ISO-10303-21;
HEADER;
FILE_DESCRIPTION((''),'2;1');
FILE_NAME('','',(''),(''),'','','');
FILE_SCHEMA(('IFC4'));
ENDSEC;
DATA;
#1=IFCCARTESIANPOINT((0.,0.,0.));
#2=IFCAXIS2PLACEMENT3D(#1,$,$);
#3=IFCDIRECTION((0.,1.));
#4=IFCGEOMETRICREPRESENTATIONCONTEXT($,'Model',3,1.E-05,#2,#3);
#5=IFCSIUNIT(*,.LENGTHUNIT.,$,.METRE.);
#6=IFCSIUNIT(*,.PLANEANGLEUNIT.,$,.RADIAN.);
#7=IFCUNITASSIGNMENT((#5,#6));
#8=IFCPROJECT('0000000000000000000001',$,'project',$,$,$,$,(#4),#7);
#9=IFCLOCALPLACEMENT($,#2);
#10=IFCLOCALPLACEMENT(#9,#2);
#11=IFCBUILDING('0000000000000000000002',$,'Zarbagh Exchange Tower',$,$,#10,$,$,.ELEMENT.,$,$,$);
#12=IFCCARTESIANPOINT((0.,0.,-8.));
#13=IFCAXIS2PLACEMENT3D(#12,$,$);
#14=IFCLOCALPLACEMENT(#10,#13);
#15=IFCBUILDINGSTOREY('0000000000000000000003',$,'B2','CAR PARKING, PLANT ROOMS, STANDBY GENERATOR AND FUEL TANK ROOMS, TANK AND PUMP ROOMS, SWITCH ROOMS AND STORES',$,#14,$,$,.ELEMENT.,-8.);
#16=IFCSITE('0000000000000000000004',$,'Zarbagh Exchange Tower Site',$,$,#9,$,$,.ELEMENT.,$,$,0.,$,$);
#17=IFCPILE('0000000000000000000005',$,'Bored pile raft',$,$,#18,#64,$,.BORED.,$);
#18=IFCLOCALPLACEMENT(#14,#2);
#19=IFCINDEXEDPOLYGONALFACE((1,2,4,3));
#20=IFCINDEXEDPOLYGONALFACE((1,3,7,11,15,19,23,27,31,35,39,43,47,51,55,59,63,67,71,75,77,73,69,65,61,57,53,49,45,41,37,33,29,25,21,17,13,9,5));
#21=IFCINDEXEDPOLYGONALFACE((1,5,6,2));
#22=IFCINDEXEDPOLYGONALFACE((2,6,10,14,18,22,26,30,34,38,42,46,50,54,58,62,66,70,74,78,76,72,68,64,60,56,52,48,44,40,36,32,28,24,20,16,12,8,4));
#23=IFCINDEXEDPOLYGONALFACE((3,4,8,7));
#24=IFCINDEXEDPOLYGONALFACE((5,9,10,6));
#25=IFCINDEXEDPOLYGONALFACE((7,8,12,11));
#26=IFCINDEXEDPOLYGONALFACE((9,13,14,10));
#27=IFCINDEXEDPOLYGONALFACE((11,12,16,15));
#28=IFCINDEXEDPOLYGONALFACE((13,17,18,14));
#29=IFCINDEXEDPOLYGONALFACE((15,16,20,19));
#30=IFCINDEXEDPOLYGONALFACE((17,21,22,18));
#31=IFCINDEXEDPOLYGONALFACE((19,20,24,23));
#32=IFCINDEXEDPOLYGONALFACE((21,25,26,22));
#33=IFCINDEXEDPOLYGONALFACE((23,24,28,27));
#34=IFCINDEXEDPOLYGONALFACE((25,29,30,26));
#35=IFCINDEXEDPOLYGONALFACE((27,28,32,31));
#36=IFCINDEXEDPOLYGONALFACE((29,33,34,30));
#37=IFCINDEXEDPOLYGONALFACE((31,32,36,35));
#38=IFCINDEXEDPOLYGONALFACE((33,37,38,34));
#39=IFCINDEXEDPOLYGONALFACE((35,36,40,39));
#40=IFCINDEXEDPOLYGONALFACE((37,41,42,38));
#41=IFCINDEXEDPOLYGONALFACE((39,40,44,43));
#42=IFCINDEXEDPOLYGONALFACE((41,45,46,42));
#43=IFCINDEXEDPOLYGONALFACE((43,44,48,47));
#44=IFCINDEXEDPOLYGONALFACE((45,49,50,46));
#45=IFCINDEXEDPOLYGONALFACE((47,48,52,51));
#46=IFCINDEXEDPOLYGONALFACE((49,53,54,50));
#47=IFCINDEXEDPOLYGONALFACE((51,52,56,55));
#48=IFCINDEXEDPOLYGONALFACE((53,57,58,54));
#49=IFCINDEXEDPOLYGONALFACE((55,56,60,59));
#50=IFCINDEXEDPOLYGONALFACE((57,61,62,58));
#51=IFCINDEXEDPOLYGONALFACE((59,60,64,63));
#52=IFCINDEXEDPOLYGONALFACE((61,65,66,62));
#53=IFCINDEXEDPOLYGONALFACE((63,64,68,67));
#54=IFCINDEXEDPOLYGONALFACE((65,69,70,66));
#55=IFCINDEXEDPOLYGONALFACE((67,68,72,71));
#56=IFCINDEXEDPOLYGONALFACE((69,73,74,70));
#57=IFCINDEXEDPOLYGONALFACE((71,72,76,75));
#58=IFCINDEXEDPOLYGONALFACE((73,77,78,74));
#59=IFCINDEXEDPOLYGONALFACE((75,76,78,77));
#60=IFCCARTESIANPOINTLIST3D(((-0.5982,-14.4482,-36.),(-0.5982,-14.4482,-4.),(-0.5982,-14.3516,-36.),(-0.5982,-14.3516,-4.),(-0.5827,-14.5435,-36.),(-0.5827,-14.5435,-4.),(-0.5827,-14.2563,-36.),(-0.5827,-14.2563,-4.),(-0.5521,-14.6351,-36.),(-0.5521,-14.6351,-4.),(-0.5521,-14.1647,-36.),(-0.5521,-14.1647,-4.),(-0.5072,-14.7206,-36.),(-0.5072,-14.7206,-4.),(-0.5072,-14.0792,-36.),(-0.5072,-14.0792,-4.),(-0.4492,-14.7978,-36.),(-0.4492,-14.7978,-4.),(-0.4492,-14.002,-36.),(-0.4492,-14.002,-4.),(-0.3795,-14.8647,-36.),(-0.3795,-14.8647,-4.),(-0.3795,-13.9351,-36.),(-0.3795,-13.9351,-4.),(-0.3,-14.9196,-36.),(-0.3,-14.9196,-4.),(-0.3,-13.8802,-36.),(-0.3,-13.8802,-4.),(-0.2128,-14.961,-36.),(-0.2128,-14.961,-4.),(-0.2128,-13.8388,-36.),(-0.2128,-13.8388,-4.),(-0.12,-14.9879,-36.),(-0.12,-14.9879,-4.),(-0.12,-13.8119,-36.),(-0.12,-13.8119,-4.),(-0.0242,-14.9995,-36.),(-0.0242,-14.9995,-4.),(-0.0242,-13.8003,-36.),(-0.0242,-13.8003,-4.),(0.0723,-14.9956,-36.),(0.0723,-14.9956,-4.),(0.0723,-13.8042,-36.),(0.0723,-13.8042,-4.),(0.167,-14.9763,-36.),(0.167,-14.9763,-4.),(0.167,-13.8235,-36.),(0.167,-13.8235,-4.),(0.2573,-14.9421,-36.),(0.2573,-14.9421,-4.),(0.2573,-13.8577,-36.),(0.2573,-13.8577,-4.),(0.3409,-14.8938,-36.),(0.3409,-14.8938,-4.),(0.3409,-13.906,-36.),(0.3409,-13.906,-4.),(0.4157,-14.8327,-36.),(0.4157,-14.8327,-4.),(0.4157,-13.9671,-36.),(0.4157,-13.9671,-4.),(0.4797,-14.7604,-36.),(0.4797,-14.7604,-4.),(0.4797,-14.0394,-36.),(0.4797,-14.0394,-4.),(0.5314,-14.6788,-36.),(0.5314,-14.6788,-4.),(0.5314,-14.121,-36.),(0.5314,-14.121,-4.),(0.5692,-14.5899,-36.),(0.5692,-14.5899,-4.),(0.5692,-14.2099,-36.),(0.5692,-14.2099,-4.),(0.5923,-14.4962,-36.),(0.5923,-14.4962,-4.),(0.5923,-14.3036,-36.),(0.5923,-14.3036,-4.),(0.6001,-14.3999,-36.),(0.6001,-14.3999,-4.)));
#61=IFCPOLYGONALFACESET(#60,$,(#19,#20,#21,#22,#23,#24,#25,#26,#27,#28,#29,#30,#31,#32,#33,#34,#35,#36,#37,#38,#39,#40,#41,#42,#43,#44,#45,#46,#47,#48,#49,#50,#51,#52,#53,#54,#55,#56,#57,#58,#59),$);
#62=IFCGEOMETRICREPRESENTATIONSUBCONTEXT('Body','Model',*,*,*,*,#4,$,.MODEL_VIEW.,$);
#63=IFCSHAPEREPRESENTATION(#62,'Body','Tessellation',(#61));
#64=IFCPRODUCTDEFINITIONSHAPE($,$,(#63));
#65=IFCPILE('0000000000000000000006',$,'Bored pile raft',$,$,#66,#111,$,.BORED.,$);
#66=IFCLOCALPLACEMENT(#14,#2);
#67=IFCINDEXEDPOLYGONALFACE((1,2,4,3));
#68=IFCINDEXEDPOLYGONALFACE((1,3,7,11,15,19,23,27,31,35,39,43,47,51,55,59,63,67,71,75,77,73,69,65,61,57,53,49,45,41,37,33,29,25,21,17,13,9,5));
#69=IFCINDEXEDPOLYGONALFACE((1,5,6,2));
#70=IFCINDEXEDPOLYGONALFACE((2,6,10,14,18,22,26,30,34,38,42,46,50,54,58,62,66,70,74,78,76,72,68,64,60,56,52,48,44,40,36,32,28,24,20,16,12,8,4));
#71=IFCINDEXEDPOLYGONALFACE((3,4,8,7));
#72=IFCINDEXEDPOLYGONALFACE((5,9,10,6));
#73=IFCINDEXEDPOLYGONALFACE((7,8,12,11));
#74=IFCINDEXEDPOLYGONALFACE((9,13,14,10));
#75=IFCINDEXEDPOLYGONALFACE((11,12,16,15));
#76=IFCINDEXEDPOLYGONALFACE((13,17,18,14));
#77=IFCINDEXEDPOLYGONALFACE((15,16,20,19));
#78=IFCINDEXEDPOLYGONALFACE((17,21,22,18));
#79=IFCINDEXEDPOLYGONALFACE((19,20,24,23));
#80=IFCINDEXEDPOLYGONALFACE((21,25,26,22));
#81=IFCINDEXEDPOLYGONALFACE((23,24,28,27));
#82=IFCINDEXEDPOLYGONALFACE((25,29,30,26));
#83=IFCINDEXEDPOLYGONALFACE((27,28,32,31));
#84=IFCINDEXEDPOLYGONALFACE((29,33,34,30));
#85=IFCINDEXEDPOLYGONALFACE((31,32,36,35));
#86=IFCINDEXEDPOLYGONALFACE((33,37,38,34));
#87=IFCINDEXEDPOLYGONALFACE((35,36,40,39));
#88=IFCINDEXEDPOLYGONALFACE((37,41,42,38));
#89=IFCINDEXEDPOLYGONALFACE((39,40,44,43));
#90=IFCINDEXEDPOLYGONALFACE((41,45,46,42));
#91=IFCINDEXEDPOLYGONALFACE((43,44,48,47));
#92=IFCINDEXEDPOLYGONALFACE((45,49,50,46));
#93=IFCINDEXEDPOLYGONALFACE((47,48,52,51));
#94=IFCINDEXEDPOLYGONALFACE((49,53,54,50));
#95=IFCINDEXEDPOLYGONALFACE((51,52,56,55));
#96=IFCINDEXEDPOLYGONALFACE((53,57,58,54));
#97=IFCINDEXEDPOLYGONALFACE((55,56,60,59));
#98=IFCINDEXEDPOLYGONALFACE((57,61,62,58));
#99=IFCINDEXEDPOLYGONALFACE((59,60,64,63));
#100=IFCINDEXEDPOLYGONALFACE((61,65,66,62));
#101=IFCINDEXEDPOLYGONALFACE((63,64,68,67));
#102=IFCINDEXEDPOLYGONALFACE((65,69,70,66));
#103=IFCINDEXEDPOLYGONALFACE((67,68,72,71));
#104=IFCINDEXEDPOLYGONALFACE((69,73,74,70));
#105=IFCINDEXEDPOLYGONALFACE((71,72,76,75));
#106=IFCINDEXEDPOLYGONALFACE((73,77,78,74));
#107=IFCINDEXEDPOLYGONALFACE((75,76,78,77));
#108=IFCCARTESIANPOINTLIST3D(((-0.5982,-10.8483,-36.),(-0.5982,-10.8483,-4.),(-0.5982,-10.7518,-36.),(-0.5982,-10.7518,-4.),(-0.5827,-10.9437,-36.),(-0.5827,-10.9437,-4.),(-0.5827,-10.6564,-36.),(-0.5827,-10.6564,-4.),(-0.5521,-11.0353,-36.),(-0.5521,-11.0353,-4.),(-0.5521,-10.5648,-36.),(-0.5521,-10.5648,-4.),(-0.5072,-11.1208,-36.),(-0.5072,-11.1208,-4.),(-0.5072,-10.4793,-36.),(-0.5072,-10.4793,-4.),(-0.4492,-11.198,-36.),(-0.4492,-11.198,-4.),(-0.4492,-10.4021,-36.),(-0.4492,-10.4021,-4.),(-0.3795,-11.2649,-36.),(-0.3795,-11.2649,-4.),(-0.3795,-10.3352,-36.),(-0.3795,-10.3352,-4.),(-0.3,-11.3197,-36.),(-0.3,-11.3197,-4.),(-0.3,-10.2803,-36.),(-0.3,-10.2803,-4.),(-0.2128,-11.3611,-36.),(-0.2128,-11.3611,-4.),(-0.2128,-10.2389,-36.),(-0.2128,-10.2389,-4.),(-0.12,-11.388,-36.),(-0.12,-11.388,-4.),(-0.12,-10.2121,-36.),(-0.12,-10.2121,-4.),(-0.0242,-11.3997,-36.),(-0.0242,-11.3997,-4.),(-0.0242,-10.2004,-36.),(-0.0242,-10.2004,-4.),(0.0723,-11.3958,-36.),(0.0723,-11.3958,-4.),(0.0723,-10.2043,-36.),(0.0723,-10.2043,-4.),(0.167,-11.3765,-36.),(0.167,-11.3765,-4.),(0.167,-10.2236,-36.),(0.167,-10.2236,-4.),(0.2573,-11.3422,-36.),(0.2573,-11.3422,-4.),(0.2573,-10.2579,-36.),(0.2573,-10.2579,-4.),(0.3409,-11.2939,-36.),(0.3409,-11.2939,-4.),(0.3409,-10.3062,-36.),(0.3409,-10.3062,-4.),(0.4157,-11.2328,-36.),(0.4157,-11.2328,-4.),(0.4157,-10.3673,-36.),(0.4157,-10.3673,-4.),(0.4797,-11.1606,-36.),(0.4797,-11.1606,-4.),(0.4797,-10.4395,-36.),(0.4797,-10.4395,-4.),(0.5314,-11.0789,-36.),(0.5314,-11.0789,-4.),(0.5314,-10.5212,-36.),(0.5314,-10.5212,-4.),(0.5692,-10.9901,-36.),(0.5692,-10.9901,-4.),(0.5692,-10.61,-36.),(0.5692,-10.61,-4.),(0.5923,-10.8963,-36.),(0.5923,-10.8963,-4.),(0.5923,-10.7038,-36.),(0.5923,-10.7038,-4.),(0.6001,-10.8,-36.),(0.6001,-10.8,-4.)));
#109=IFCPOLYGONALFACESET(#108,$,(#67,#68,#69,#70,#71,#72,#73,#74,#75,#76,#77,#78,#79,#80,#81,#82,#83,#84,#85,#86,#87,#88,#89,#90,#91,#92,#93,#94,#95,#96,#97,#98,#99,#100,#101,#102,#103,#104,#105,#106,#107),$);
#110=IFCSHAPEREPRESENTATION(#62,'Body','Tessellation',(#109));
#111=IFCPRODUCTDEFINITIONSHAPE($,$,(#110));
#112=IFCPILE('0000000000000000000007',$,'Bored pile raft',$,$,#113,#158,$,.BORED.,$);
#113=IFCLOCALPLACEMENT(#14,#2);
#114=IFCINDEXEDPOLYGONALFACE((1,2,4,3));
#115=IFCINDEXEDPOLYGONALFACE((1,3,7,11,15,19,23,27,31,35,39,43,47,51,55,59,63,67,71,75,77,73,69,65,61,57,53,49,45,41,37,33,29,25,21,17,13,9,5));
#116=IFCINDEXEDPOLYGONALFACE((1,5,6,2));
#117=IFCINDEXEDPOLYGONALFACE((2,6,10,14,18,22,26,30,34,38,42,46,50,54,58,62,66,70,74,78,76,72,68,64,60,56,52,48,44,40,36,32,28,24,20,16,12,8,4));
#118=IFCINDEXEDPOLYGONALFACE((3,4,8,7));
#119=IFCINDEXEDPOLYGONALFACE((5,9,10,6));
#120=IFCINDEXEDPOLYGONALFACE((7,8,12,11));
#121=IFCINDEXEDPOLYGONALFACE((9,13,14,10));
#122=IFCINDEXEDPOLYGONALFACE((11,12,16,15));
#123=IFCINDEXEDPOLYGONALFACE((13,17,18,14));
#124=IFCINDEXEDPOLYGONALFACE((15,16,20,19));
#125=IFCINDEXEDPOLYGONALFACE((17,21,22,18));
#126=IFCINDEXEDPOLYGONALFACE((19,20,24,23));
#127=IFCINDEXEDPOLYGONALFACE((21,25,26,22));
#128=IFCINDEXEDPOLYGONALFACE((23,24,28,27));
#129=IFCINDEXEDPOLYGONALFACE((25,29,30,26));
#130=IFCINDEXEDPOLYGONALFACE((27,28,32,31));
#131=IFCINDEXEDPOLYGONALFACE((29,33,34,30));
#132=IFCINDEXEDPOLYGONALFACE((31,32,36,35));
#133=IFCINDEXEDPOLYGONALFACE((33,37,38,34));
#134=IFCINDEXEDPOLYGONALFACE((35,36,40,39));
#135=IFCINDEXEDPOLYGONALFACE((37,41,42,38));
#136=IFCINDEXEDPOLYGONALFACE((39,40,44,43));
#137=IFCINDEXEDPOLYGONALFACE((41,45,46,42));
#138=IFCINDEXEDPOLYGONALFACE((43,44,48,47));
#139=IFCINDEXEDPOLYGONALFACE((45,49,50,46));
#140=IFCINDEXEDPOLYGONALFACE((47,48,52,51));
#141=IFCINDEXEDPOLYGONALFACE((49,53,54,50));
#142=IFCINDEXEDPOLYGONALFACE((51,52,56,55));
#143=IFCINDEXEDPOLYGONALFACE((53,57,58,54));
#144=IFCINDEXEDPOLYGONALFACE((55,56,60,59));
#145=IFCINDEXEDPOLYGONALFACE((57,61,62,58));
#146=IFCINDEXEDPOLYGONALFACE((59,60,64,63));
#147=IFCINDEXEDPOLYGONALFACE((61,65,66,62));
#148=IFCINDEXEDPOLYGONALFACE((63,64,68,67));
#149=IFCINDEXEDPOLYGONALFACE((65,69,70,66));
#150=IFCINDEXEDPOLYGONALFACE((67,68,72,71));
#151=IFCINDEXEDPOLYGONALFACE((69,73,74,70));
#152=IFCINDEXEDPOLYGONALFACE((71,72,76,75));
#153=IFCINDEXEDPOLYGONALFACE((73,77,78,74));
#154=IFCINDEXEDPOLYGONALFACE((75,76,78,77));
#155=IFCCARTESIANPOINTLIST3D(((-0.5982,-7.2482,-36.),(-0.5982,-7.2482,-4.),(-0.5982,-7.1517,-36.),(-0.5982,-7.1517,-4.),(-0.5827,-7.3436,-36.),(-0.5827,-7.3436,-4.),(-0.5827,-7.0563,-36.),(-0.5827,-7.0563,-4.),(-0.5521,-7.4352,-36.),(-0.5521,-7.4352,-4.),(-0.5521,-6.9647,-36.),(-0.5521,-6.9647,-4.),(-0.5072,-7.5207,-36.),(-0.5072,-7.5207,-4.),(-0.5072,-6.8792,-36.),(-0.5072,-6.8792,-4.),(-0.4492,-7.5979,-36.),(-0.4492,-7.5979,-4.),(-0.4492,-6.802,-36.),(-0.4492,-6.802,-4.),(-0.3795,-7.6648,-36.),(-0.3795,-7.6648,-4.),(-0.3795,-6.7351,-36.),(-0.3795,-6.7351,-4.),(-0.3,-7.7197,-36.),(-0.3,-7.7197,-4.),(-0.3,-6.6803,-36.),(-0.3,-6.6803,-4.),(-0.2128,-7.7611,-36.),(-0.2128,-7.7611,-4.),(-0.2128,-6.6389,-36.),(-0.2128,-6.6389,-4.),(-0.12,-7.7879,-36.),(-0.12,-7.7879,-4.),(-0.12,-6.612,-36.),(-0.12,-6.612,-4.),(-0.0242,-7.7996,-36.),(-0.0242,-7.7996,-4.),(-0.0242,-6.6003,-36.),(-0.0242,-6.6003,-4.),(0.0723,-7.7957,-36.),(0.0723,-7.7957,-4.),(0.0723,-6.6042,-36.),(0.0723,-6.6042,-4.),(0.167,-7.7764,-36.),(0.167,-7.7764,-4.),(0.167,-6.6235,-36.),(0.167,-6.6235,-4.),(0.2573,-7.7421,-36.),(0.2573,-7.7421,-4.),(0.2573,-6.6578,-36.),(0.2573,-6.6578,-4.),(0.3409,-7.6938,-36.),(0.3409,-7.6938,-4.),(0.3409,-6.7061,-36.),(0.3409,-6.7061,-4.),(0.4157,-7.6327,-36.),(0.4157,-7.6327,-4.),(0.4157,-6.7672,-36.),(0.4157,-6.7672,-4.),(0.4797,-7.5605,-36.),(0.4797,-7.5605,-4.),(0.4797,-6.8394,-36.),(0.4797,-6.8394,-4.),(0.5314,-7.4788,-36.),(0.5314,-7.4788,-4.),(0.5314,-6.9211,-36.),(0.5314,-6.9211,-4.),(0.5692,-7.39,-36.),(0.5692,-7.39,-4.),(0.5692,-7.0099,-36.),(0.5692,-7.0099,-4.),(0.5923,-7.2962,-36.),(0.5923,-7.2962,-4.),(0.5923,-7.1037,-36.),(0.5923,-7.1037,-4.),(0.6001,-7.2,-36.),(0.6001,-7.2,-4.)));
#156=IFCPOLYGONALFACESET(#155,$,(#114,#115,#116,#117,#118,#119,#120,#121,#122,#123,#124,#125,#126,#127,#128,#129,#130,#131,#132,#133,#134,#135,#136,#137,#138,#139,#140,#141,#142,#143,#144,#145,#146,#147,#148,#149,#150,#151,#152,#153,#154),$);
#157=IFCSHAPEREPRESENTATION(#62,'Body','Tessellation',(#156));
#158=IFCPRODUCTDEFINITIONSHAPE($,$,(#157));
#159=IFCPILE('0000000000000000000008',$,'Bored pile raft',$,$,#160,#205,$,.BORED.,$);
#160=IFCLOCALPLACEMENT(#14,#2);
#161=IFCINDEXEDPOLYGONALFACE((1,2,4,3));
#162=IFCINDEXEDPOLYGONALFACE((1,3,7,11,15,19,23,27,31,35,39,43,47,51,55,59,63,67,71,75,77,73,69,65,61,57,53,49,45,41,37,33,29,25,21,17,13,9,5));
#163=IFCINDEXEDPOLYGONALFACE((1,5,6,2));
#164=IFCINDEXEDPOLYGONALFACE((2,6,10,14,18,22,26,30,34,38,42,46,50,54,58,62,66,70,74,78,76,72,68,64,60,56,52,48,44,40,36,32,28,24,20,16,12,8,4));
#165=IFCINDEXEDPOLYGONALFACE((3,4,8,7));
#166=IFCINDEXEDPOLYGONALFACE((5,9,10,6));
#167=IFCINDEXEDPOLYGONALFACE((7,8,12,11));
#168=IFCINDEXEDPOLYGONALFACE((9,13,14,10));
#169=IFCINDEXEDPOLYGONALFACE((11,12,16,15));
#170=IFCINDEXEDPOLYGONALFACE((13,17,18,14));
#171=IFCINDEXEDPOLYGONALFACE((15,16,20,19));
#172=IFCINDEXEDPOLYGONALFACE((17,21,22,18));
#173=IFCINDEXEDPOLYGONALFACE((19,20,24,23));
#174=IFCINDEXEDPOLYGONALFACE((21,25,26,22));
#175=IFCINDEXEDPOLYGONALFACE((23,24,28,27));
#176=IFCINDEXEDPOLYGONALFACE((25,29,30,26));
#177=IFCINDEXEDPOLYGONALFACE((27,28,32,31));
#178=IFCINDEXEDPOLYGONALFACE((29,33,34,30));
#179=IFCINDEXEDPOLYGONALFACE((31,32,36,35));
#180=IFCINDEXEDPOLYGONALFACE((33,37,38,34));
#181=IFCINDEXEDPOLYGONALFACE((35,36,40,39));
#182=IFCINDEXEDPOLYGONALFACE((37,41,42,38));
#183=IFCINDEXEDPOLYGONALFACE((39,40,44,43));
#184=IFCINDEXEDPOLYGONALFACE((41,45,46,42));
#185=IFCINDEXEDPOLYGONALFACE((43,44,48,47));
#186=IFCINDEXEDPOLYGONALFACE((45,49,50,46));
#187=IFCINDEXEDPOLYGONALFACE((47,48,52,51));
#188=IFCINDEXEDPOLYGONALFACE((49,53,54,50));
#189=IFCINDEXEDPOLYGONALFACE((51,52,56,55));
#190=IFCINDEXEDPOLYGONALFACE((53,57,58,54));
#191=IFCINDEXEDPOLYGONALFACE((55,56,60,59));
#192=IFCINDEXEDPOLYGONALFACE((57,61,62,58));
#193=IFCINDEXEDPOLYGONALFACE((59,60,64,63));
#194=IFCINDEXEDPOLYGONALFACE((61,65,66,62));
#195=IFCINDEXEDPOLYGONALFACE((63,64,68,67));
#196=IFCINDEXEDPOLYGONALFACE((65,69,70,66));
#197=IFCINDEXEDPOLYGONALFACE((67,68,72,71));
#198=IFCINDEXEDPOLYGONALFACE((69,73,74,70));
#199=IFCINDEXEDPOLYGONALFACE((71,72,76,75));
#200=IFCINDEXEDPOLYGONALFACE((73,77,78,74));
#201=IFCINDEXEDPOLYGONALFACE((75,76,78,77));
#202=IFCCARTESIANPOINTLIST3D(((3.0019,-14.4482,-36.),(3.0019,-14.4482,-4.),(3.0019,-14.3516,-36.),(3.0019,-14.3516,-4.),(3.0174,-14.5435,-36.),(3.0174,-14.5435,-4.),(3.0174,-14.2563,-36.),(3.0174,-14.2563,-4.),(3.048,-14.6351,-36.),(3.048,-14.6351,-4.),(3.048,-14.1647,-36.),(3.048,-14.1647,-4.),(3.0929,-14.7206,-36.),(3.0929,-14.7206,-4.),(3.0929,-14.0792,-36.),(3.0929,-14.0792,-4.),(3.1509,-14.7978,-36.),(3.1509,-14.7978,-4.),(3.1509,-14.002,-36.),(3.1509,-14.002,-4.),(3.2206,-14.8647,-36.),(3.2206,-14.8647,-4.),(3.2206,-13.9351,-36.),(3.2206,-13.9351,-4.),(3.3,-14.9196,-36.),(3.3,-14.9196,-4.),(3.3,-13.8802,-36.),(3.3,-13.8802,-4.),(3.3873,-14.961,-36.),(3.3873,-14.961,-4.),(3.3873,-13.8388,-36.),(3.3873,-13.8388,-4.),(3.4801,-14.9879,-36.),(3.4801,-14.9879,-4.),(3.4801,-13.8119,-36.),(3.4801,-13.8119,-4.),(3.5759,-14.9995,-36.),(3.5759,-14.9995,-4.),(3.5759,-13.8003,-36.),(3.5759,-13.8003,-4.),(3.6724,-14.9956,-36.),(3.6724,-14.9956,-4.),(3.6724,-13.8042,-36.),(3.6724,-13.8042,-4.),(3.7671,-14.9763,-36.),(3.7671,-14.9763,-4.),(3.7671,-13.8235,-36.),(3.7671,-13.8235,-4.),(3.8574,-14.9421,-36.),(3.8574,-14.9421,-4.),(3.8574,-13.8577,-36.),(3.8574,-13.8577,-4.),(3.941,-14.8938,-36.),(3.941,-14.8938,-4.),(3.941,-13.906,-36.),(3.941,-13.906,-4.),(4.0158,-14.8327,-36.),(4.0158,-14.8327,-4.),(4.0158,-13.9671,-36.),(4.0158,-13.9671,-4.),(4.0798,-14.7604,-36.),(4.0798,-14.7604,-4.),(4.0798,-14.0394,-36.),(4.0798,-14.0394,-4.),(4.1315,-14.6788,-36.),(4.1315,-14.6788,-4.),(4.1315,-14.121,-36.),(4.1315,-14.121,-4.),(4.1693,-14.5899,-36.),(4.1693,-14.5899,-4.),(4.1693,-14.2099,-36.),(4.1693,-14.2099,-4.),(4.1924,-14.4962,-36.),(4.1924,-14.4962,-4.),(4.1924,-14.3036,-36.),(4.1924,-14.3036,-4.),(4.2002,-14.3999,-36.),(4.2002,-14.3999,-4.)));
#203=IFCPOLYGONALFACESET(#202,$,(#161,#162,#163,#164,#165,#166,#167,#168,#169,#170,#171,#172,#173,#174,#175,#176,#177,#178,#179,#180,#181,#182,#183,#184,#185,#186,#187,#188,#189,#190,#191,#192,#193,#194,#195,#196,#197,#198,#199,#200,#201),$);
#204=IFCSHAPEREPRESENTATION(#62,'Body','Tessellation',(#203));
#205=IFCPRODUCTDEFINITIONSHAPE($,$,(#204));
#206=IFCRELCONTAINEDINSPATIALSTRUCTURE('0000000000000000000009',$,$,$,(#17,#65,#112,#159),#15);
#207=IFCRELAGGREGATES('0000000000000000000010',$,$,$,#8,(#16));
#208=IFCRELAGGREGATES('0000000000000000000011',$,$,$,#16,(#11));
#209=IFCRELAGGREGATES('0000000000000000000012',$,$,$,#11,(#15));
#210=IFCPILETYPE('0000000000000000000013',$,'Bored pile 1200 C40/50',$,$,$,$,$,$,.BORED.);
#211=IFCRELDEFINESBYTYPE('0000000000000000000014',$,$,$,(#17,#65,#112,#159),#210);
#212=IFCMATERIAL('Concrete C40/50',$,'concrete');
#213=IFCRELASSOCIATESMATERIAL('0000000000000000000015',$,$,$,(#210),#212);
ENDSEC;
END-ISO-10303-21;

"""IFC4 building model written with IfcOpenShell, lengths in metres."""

from ifc_helpers import new_model, si_unit, direction, frame, origin, origin_2d, place, context, subcontext, project, spatial, circle, extrude, material, material_profile, profile_set, type_object, element, save


model = new_model("IFC4")

# Units and contexts
model_context = context("Model", 3, precision=1e-05, world=origin(), true_north=direction((0.0, 1.0)))
body_context = subcontext(model_context, "Body", "Model", "MODEL_VIEW")
ifc_project = project(units=[si_unit("LENGTHUNIT", "METRE"), si_unit("PLANEANGLEUNIT", "RADIAN")], contexts=[model_context])

# Site, building, storey
site_placement = place(None, origin())
site = spatial("IfcSite", under=ifc_project, at=site_placement, Name="Zarbagh Exchange Tower Site", CompositionType="ELEMENT", RefElevation=0.0)
building_placement = place(site_placement, origin())
building = spatial("IfcBuilding", under=site, at=building_placement, Name="Zarbagh Exchange Tower", CompositionType="ELEMENT")
storey_placement = place(building_placement, frame((0.0, 0.0, -8.0)))
storey = spatial("IfcBuildingStorey", under=building, at=storey_placement, Name="B2", Description="CAR PARKING, PLANT ROOMS, STANDBY GENERATOR AND FUEL TANK ROOMS, TANK AND PUMP ROOMS, SWITCH ROOMS AND STORES", CompositionType="ELEMENT", Elevation=-8.0)

# Piles
ifc_material_1 = material(Name="Concrete C40/50", Category="concrete")
ifc_material_profile_1 = material_profile(ifc_material_1, circle(Radius=0.6001, at=origin_2d()), Name="Bored pile 1200 C40/50")
ifc_profile_set_1 = profile_set([ifc_material_profile_1], Name="Concrete C40/50")
pile_type = type_object("IfcPileType", Name="Bored pile 1200 C40/50", PredefinedType="BORED", material=ifc_profile_set_1)
for number, where, z_axis, x_axis, name in (
    (1, (0.0, -14.3999, -4.0), (0.0, 0.0, -1.0), (1.0, 0.0, 0.0), "Bored pile raft"),
    (2, (0.0, -10.8, -4.0), (0.0, 0.0, -1.0), (1.0, 0.0, 0.0), "Bored pile raft"),
    (3, (0.0, -7.2, -4.0), (0.0, 0.0, -1.0), (1.0, 0.0, 0.0), "Bored pile raft"),
    (4, (3.6001, -14.3999, -4.0), (0.0, 0.0, -1.0), (1.0, 0.0, 0.0), "Bored pile raft"),
):
    element("IfcPile", number, at=place(storey_placement, frame(where, z_axis=z_axis, x_axis=x_axis)), inside=storey, type_object=pile_type, Name=name, PredefinedType="BORED", context=body_context, shape_type="SweptSolid", body=[
        extrude(circle(Radius=0.6001, at=origin_2d()), origin(), (0.0, 0.0, 1.0), 32.0),
    ])

save(model, "model.ifc")
